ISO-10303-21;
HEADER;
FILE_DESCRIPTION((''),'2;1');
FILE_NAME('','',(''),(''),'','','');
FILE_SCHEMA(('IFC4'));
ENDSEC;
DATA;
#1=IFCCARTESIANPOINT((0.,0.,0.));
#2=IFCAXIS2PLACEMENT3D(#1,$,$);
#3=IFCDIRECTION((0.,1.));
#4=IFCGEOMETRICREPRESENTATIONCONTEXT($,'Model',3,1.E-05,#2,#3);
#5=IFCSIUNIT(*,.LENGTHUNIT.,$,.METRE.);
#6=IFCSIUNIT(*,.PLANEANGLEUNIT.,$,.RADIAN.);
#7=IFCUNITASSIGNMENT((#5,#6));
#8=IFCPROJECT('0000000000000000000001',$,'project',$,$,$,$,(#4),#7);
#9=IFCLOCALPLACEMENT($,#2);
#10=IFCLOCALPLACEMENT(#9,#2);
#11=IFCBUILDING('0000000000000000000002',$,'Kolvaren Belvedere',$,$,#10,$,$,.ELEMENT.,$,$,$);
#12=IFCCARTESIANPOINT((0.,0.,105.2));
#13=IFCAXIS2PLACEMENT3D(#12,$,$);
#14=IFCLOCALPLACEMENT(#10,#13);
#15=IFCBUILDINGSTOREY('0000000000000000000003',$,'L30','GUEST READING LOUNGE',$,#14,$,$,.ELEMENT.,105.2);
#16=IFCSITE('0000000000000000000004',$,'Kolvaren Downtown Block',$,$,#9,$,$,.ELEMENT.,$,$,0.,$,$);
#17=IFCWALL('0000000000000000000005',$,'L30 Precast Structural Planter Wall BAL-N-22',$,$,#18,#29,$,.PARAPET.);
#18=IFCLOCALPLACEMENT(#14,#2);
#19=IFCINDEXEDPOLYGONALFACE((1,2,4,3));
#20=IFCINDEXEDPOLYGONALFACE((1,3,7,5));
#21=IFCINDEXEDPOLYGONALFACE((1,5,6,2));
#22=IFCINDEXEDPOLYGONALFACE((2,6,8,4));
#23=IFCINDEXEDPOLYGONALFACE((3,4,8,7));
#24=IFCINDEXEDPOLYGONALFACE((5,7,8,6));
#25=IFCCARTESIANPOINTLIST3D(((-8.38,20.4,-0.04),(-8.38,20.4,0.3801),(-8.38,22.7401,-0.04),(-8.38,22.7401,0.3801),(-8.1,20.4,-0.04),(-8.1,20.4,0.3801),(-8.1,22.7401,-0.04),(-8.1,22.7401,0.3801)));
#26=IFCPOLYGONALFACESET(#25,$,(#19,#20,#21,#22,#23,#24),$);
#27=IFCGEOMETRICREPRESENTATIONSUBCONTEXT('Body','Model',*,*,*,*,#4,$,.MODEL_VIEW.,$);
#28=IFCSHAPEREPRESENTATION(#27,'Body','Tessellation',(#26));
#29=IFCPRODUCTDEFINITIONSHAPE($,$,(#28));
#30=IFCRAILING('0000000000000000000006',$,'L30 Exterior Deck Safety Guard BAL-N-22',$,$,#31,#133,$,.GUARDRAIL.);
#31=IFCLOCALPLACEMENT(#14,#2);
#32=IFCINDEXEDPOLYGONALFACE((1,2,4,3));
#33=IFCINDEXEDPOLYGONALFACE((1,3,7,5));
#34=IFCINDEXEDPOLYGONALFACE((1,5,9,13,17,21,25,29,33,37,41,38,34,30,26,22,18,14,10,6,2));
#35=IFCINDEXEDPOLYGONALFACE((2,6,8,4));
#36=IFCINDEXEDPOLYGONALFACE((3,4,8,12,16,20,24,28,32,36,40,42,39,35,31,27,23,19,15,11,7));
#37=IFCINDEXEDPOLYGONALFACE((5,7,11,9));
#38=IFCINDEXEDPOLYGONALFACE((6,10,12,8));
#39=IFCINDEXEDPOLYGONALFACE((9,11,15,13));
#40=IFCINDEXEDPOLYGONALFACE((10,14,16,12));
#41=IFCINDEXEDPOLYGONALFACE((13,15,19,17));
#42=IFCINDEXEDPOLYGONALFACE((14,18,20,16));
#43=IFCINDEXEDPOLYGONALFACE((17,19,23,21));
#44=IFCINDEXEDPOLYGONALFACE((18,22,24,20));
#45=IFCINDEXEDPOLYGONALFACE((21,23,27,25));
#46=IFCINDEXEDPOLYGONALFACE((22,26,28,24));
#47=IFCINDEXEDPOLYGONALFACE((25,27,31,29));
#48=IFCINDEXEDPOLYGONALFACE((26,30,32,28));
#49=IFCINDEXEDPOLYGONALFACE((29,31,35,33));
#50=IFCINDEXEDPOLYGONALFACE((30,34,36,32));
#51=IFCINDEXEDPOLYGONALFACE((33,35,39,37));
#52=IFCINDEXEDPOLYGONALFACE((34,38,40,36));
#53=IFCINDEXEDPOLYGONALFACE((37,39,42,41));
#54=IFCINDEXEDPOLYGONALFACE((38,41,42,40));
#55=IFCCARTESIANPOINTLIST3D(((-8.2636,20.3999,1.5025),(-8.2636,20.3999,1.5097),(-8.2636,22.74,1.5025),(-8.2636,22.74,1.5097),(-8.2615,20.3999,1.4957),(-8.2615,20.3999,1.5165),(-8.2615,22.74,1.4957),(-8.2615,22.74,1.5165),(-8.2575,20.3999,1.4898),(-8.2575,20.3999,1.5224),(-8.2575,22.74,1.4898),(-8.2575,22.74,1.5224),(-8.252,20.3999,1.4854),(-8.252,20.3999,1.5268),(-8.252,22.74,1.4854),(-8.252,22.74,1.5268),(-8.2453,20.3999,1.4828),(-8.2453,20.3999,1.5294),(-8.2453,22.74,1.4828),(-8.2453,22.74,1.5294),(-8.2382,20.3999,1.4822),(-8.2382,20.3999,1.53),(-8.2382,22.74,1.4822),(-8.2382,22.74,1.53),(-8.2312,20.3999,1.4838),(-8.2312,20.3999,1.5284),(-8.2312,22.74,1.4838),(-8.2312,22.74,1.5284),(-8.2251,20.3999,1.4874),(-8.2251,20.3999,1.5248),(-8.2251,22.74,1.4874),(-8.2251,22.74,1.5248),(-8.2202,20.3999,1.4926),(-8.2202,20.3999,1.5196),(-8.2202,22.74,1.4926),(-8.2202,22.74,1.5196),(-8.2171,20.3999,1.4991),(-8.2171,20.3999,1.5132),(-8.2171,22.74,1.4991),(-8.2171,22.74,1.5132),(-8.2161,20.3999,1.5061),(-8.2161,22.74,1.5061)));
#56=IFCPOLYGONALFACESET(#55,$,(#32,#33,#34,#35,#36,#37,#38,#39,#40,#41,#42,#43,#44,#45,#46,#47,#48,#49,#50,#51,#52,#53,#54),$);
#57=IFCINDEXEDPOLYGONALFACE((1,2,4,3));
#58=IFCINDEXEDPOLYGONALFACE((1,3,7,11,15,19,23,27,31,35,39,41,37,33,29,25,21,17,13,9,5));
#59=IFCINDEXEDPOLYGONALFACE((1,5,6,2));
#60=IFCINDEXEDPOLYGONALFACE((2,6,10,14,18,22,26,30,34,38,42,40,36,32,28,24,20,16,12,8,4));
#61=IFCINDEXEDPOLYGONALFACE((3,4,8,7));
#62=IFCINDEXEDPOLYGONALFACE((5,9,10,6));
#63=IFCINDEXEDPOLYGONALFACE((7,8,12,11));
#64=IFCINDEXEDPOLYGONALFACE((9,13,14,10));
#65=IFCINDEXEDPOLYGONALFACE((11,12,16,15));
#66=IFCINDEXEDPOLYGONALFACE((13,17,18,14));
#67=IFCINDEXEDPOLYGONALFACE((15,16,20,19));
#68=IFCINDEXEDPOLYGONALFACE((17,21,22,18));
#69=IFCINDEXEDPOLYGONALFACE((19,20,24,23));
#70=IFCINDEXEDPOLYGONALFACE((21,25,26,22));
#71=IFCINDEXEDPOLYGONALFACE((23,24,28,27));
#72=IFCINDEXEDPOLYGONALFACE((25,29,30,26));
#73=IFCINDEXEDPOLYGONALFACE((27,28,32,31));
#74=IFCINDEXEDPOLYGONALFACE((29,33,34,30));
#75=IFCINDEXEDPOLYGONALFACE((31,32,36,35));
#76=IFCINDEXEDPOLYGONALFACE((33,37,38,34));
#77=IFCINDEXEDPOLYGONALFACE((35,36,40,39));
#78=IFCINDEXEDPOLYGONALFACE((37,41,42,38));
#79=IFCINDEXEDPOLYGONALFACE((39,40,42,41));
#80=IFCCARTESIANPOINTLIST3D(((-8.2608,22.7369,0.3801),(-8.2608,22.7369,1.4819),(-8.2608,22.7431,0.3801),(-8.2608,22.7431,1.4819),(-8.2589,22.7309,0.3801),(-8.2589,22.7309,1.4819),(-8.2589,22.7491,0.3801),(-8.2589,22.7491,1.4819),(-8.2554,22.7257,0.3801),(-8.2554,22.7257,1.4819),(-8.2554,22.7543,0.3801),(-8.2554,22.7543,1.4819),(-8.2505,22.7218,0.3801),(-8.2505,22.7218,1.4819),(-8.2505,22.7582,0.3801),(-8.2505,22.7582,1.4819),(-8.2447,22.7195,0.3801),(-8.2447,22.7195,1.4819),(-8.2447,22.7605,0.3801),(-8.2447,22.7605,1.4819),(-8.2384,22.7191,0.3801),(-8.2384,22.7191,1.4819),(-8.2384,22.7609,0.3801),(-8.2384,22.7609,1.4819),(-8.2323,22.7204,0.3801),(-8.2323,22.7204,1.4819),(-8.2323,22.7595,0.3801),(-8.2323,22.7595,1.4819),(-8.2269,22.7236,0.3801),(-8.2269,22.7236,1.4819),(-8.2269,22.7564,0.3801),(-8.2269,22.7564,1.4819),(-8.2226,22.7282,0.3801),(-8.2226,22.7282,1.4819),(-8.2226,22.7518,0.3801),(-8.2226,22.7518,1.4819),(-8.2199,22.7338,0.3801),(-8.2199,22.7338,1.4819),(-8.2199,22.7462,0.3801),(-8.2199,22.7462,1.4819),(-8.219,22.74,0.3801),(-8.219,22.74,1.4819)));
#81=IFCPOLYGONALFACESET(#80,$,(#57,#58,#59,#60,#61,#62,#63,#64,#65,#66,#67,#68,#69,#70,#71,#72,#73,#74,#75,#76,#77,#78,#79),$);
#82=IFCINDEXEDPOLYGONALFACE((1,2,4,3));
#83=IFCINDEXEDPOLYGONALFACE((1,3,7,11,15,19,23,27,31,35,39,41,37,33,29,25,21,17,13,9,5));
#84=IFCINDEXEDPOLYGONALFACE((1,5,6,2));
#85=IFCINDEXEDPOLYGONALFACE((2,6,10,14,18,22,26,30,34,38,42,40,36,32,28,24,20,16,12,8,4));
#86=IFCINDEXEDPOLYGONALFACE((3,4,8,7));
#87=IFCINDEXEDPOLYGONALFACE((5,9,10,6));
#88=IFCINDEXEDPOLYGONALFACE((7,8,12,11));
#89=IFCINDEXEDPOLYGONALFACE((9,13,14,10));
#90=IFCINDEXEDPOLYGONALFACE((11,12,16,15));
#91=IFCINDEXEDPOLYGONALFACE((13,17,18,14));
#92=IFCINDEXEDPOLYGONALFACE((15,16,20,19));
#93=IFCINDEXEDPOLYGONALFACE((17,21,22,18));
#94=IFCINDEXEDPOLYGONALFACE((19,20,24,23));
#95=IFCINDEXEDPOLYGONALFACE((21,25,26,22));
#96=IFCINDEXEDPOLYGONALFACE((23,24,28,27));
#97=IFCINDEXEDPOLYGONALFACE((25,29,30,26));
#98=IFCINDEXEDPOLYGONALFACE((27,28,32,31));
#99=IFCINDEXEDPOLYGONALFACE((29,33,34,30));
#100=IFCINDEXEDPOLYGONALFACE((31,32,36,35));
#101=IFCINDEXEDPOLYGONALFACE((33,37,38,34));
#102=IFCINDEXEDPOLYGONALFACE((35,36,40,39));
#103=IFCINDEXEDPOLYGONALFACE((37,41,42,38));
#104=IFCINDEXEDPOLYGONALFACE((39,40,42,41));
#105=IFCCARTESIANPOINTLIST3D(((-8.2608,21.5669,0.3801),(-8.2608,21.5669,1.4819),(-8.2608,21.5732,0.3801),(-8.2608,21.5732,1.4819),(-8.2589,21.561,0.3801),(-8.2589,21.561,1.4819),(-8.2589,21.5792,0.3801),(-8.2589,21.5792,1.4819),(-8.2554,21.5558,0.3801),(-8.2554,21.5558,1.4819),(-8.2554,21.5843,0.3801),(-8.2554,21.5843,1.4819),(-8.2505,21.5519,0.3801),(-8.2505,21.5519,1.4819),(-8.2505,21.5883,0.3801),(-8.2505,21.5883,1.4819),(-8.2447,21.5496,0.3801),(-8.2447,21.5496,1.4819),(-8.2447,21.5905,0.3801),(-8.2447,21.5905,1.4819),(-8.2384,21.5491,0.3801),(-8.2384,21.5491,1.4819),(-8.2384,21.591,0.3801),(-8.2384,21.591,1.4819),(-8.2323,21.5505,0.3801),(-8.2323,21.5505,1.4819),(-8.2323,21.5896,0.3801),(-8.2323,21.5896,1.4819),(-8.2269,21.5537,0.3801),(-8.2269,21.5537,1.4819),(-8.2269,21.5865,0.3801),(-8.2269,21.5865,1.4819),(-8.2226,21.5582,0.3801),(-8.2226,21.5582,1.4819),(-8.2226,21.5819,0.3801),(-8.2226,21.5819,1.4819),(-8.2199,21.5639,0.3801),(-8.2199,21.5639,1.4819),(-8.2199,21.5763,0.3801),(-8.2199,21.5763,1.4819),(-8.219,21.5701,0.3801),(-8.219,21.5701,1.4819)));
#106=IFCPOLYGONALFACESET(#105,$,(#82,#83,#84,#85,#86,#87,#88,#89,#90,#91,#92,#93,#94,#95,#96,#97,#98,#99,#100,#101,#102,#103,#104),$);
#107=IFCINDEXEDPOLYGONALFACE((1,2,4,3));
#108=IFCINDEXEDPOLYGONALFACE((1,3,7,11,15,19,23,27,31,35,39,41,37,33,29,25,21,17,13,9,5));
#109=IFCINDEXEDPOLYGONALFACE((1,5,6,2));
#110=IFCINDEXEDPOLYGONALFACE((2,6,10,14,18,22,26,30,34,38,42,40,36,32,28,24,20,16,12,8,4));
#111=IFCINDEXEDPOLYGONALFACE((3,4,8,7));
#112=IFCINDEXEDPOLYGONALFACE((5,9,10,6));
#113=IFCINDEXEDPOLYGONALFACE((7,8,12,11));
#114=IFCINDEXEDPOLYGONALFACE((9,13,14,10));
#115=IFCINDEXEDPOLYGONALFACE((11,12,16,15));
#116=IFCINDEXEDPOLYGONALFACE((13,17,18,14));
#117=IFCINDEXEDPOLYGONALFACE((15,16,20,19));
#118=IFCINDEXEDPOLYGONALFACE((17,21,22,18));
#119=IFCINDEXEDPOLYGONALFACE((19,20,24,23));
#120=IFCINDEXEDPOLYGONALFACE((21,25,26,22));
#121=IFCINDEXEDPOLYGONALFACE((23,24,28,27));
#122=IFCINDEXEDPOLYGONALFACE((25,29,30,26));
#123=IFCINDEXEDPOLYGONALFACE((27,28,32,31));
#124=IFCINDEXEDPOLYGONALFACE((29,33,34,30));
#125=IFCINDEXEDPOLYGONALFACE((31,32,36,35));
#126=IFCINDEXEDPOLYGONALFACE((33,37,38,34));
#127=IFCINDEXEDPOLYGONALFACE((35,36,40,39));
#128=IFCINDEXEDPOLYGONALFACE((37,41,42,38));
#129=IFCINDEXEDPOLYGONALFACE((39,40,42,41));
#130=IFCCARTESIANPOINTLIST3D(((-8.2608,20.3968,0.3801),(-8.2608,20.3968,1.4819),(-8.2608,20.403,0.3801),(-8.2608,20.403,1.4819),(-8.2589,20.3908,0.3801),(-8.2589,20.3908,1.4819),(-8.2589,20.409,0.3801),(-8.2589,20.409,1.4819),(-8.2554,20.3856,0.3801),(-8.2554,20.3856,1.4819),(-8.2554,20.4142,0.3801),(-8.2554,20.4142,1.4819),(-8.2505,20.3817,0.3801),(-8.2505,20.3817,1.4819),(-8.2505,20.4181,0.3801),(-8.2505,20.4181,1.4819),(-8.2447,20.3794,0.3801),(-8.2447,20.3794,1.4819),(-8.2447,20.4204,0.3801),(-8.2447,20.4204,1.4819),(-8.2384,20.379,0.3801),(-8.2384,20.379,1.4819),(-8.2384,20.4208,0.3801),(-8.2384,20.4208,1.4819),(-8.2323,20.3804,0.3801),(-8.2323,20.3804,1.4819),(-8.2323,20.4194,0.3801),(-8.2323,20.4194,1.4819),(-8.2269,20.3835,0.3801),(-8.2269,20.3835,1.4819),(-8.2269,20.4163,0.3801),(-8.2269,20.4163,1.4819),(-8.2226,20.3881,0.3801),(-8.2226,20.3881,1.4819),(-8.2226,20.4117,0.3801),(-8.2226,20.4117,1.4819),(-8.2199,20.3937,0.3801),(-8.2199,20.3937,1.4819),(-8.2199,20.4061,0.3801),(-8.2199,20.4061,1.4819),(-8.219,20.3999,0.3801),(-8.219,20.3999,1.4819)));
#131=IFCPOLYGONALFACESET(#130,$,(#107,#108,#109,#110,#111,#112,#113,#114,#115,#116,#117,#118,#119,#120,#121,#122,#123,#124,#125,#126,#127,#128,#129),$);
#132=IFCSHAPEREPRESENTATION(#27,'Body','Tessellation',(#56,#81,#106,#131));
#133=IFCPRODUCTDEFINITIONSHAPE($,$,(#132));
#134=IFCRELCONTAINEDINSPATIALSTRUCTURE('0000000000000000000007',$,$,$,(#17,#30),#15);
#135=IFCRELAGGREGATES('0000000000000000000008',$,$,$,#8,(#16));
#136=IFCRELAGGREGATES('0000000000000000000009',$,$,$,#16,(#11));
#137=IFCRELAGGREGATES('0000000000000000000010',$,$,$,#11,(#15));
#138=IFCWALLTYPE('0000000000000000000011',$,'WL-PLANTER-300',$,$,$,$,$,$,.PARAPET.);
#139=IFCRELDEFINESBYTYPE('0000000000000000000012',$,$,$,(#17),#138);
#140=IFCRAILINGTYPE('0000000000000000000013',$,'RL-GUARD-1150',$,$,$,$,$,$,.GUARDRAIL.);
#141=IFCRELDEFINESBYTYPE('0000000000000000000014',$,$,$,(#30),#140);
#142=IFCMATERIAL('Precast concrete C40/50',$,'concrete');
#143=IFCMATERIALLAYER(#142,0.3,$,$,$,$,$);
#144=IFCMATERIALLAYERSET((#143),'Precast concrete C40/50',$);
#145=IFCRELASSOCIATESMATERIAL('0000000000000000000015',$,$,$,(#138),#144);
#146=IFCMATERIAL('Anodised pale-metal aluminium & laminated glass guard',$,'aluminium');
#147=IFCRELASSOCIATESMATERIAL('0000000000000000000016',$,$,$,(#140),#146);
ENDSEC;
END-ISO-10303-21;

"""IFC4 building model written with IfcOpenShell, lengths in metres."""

from ifc_helpers import new_model, si_unit, direction, frame, frame_2d, origin, origin_2d, place, context, subcontext, project, spatial, rectangle, circle, extrude, material, layer, layer_set, type_object, element, save


model = new_model("IFC4")

# Units and contexts
model_context = context("Model", 3, precision=1e-05, world=origin(), true_north=direction((0.0, 1.0)))
body_context = subcontext(model_context, "Body", "Model", "MODEL_VIEW")
ifc_project = project(units=[si_unit("LENGTHUNIT", "METRE"), si_unit("PLANEANGLEUNIT", "RADIAN")], contexts=[model_context])

# Site, building, storey
site_placement = place(None, origin())
site = spatial("IfcSite", under=ifc_project, at=site_placement, Name="Kolvaren Downtown Block", CompositionType="ELEMENT", RefElevation=0.0)
building_placement = place(site_placement, origin())
building = spatial("IfcBuilding", under=site, at=building_placement, Name="Kolvaren Belvedere", CompositionType="ELEMENT")
storey_placement = place(building_placement, frame((0.0, 0.0, 105.2)))
storey = spatial("IfcBuildingStorey", under=building, at=storey_placement, Name="L30", Description="GUEST READING LOUNGE", CompositionType="ELEMENT", Elevation=105.2)

# Wall
ifc_material_1 = material(Name="Precast concrete C40/50", Category="concrete")
ifc_layer_1 = layer(ifc_material_1, 0.3)
ifc_layer_set_1 = layer_set([ifc_layer_1], Name="Precast concrete C40/50")
wall_type_1 = type_object("IfcWallType", Name="WL-PLANTER-300", PredefinedType="PARAPET", material=ifc_layer_set_1)
wall_1_placement = place(storey_placement, frame((-8.24, 22.74, -0.04), z_axis=(0.0, 0.0, 1.0), x_axis=(0.0, -1.0, 0.0)))
element("IfcWall", 1, at=wall_1_placement, inside=storey, type_object=wall_type_1, Name="L30 Precast Structural Planter Wall BAL-N-22", PredefinedType="PARAPET", context=body_context, shape_type="SweptSolid", body=[
    extrude(rectangle(XDim=2.3401, YDim=0.28, at=frame_2d((1.1699, 0.0))), origin(), (0.0, 0.0, 1.0), 0.4202),
])

# Railing
ifc_material_2 = material(Name="Anodised pale-metal aluminium & laminated glass guard", Category="aluminium")
railing_type = type_object("IfcRailingType", Name="RL-GUARD-1150", PredefinedType="GUARDRAIL", material=ifc_material_2)
railing_placement = place(storey_placement, frame((-8.24, 22.74, 0.3801)))
element("IfcRailing", 2, at=railing_placement, inside=storey, type_object=railing_type, Name="L30 Exterior Deck Safety Guard BAL-N-22", PredefinedType="GUARDRAIL", context=body_context, shape_type="SweptSolid", body=[
    extrude(circle(Radius=0.0239, at=origin_2d()), frame((0.0, 0.0, 1.126), z_axis=(0.0, -1.0, 0.0), x_axis=(1.0, 0.0, 0.0)), (0.0, 0.0, 1.0), 2.3401),
    extrude(circle(Radius=0.021, at=origin_2d()), origin(), (0.0, 0.0, 1.0), 1.1018),
    extrude(circle(Radius=0.021, at=origin_2d()), frame((0.0, -1.1699, 0.0)), (0.0, 0.0, 1.0), 1.1018),
    extrude(circle(Radius=0.021, at=origin_2d()), frame((0.0, -2.3401, 0.0)), (0.0, 0.0, 1.0), 1.1018),
])

save(model, "model.ifc")
